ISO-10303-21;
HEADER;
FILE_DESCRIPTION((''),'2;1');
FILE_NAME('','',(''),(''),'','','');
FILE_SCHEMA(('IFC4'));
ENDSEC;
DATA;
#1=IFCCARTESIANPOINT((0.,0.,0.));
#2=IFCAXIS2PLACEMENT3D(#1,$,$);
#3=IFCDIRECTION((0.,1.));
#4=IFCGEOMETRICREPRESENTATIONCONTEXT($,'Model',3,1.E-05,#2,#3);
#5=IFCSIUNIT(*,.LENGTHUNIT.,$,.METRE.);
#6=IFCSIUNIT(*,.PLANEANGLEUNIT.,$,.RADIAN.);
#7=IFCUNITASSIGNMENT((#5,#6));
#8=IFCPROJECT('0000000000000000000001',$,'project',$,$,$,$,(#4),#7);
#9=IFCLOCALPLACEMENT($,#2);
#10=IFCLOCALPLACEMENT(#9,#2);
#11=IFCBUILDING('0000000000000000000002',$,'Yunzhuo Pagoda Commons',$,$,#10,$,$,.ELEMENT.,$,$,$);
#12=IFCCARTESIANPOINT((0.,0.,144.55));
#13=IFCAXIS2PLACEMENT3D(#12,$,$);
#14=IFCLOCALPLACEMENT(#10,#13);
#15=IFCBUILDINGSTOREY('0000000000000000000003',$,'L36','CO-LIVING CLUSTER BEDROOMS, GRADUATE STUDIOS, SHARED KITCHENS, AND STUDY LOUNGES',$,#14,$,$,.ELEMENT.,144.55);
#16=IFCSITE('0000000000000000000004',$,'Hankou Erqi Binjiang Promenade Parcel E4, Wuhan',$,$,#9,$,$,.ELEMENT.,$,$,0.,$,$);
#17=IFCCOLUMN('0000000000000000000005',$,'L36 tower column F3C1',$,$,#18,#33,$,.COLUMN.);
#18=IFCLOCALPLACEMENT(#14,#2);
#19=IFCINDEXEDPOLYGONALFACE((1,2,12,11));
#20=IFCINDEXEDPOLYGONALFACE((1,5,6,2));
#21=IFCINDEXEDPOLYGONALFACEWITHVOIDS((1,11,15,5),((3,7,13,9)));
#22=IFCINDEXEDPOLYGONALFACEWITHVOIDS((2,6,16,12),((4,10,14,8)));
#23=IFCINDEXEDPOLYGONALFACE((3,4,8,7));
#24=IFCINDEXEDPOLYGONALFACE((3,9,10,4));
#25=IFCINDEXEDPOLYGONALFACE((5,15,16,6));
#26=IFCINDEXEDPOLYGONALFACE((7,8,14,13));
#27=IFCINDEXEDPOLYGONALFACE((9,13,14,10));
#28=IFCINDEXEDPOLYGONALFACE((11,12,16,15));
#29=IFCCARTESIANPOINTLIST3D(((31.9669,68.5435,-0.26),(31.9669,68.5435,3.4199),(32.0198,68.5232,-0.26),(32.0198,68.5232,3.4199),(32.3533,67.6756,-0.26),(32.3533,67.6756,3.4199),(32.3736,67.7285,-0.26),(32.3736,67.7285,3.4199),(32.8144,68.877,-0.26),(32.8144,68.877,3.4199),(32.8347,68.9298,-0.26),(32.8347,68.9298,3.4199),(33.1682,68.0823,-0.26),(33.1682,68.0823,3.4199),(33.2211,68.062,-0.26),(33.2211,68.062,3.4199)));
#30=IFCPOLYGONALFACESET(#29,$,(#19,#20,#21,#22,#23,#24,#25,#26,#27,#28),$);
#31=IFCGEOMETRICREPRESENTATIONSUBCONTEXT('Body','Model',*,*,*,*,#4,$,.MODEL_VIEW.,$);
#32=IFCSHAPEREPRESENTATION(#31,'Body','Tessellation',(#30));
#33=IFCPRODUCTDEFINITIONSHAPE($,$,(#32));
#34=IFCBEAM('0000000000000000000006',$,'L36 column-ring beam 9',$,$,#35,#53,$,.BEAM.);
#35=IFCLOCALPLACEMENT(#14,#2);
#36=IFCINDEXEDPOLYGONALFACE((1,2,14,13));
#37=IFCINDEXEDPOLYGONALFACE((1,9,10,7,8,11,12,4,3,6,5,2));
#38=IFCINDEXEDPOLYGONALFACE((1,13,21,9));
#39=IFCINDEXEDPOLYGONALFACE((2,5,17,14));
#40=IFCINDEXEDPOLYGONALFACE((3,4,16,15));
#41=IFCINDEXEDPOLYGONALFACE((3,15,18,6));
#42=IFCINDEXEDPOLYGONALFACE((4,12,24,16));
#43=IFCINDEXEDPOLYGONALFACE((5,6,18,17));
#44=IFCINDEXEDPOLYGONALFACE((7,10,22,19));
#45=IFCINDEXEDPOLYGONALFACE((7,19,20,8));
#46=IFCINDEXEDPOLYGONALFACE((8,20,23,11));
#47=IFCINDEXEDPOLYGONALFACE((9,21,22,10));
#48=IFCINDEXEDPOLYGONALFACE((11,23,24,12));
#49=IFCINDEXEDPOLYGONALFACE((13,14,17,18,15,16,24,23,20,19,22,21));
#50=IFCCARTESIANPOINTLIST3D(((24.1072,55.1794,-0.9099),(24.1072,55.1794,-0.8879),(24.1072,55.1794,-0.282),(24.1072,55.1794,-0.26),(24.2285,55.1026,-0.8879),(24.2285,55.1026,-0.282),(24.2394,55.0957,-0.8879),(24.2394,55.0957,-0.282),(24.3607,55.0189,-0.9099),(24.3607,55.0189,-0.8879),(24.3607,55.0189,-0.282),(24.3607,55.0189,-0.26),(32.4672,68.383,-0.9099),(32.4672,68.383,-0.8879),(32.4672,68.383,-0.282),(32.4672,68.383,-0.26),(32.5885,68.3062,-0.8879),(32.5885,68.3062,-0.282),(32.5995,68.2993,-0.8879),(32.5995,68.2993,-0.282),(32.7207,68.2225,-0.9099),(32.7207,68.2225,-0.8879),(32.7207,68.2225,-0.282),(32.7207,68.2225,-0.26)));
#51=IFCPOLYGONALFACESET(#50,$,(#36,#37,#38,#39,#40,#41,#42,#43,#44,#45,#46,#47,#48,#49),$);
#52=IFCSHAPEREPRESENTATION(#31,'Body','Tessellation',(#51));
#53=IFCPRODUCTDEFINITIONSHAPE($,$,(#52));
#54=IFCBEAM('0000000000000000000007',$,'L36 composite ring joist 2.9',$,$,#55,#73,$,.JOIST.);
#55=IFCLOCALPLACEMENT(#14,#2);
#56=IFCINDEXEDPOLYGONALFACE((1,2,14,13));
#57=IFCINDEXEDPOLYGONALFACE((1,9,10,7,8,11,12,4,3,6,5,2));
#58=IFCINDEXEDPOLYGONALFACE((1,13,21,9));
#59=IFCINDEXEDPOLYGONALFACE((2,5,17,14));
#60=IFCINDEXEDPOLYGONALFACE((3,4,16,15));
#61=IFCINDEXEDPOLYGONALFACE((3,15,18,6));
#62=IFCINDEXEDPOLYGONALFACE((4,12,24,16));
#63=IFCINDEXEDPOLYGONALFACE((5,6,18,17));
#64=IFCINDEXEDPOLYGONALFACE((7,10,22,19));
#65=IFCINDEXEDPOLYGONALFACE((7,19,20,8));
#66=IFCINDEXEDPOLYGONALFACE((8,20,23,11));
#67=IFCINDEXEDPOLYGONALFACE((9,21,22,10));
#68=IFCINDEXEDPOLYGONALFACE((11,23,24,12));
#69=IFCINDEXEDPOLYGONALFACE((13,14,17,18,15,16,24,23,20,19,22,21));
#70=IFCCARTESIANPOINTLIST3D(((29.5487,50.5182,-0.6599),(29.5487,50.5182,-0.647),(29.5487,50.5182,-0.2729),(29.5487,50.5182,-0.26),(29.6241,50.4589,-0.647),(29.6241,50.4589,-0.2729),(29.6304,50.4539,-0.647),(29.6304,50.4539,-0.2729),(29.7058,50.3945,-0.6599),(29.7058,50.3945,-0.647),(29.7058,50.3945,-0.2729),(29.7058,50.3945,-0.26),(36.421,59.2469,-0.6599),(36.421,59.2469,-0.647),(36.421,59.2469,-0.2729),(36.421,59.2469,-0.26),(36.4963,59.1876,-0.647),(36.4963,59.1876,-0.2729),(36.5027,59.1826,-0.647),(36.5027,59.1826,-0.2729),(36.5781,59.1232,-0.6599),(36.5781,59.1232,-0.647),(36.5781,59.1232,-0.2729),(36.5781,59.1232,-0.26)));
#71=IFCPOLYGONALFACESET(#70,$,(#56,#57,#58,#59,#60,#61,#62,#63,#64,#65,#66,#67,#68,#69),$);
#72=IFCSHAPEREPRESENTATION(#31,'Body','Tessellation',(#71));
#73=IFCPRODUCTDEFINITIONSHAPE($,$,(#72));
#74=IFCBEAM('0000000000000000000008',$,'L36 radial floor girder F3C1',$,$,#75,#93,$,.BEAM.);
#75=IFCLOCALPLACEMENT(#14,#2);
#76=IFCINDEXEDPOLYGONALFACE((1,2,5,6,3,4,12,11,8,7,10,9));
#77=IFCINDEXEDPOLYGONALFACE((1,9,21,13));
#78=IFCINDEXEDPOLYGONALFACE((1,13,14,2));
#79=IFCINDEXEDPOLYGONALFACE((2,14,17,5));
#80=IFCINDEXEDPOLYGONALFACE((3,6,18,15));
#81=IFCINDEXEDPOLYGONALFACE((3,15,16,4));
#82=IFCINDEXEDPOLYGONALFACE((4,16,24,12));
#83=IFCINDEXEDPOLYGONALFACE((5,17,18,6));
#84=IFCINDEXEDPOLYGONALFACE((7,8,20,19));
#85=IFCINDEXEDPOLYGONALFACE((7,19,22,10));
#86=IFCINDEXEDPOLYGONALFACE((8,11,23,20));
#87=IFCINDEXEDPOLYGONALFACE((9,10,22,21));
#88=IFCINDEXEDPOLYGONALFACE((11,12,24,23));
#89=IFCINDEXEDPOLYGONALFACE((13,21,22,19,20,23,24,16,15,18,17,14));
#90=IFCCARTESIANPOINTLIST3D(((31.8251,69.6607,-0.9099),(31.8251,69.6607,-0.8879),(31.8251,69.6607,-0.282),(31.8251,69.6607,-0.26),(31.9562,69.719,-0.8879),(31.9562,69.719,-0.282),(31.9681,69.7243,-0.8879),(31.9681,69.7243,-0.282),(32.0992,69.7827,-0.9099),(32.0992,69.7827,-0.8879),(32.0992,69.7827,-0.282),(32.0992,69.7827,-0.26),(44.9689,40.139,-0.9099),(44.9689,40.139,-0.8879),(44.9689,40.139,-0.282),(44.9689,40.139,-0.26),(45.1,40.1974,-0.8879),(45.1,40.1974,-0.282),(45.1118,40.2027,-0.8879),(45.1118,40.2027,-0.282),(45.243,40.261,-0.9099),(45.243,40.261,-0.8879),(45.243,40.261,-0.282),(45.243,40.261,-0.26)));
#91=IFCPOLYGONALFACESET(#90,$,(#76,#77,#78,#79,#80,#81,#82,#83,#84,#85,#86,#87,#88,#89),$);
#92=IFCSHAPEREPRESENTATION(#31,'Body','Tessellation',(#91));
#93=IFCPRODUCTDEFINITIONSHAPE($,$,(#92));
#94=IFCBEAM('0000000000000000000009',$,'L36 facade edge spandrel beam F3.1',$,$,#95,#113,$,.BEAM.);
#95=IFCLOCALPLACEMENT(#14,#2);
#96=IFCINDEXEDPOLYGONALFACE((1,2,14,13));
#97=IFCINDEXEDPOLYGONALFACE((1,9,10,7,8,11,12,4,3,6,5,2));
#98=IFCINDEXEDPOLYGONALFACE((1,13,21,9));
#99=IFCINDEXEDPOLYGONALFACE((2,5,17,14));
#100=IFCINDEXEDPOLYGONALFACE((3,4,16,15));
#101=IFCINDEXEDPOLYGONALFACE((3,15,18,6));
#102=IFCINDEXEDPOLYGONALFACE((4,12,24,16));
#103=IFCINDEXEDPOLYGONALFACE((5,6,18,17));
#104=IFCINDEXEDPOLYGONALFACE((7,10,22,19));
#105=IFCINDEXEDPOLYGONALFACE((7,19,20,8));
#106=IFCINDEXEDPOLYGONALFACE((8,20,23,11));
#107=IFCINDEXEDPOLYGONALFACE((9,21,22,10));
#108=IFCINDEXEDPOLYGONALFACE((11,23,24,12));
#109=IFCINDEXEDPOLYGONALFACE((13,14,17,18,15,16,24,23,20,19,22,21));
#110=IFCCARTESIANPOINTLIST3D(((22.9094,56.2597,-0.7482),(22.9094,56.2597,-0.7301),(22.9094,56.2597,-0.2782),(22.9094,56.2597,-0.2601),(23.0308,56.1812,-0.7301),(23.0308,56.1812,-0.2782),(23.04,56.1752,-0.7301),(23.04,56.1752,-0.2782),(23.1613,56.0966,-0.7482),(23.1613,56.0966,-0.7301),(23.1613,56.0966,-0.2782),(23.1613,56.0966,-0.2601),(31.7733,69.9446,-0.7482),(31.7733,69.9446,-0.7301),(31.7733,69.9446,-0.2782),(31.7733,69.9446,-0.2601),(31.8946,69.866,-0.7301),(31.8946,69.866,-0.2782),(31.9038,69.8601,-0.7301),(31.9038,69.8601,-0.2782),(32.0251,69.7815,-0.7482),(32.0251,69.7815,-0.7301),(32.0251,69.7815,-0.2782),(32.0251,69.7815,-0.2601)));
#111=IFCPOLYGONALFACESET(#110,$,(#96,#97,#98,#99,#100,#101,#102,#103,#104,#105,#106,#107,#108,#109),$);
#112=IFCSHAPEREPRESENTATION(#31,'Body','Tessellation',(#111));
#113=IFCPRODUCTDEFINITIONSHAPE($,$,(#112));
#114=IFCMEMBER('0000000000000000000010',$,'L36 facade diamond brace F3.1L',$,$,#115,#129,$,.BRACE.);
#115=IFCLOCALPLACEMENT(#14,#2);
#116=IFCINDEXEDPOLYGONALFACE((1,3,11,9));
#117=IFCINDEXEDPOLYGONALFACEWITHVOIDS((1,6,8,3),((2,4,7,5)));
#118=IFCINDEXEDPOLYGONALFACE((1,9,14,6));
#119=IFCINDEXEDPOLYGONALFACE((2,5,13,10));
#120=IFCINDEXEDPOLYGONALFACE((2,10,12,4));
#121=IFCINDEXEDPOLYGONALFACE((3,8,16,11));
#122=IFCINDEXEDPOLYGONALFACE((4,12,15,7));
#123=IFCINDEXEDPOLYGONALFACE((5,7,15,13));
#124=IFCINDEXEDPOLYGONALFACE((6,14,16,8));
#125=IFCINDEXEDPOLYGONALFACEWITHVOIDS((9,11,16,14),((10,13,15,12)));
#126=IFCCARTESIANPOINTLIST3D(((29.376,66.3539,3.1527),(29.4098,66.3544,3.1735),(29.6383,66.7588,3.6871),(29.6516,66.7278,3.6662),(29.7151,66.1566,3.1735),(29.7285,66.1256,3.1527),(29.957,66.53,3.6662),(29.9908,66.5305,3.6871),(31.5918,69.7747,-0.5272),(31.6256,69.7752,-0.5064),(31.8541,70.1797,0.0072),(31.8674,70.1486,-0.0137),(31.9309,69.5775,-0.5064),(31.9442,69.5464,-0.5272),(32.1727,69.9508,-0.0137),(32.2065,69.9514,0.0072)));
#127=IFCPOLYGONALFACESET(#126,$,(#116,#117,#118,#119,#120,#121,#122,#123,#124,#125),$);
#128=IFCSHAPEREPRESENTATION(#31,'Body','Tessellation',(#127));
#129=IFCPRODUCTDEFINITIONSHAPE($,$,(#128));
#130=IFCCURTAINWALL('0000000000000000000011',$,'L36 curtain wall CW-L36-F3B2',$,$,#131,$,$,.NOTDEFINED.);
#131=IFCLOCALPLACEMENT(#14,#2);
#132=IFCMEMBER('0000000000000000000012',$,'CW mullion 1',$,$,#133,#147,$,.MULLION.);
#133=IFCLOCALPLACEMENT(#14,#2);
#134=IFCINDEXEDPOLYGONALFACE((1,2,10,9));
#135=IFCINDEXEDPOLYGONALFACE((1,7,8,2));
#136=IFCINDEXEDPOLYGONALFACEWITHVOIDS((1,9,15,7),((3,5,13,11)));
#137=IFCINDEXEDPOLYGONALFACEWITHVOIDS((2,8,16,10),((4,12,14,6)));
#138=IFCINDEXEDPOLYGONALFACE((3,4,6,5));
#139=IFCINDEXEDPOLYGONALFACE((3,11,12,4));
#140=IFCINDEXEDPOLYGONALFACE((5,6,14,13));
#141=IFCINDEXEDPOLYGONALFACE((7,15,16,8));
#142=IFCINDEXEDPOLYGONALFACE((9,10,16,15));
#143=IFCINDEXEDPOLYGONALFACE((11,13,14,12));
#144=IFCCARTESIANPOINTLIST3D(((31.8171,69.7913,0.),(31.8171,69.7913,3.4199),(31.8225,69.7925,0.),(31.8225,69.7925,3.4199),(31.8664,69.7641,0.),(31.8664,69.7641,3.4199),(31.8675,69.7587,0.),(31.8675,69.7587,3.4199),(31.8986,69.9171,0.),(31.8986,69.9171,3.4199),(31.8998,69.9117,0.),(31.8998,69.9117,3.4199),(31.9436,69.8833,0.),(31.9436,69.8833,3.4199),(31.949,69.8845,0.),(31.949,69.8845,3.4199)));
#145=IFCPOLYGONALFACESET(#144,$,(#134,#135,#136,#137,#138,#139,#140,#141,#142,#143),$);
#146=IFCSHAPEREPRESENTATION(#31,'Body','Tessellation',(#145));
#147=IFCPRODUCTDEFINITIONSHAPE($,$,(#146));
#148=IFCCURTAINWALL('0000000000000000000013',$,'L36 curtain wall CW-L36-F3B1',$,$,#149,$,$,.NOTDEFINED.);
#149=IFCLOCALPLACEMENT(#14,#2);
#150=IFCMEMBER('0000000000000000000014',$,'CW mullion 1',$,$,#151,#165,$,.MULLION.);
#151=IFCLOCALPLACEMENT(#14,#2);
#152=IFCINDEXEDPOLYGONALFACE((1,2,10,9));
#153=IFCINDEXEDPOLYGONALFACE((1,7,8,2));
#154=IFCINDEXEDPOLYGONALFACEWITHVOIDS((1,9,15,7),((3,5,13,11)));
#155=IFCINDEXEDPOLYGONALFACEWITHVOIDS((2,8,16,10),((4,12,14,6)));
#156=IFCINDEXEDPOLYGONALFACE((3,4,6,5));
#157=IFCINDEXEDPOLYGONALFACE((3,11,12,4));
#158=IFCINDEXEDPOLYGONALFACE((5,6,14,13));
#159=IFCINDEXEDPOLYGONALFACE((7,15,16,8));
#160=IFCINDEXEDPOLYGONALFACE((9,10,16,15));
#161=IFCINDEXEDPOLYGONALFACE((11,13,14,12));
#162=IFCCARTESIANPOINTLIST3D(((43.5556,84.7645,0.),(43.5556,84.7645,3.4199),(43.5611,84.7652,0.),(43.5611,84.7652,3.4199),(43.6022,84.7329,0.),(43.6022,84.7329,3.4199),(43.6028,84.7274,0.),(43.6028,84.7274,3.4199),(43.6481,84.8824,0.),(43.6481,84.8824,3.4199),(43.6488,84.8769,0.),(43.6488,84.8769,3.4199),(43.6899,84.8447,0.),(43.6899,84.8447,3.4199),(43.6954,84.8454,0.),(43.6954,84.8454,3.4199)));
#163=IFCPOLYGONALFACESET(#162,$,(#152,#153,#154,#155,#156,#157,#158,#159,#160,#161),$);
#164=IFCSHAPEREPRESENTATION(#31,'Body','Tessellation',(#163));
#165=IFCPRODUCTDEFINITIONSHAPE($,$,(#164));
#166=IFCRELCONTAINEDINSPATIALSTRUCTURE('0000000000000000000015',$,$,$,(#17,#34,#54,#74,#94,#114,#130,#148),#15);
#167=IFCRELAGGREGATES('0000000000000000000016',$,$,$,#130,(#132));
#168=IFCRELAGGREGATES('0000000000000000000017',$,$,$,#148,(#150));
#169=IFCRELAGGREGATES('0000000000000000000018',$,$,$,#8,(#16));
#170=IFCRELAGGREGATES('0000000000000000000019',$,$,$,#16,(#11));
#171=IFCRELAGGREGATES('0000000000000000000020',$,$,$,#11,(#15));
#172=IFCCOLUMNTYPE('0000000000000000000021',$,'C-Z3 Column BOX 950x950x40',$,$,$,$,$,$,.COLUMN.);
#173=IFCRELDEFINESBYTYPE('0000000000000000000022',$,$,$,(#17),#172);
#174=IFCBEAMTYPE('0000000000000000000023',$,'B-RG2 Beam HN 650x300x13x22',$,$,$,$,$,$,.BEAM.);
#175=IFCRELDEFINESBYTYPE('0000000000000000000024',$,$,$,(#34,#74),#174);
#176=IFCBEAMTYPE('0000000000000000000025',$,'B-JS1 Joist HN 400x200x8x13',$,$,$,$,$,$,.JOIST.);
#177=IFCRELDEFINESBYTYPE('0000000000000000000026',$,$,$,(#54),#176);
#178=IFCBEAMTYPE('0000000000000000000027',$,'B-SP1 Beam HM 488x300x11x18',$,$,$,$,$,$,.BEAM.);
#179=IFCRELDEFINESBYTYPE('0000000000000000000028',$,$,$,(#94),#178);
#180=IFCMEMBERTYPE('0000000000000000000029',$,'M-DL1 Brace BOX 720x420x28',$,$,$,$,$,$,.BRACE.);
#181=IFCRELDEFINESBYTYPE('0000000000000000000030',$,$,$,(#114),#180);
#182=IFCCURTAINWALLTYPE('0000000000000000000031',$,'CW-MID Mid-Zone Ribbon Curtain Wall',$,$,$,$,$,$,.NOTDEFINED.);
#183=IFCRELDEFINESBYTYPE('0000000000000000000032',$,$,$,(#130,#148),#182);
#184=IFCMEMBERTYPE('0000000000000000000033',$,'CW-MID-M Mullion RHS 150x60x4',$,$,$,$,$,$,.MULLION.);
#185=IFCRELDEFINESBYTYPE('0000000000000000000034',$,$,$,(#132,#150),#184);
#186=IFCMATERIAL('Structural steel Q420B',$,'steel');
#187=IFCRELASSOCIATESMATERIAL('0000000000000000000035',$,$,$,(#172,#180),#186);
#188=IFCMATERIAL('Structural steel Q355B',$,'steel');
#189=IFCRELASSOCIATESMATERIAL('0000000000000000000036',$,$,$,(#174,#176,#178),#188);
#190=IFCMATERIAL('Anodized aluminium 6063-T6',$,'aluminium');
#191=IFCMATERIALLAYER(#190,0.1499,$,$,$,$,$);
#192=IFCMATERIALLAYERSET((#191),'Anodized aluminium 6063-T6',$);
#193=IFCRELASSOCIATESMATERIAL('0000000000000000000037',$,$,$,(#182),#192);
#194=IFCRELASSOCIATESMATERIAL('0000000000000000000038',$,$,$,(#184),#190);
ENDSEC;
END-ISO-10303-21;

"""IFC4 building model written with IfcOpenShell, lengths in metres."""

from ifc_helpers import new_model, si_unit, direction, frame, origin, origin_2d, place, context, subcontext, project, spatial, hollow_rectangle, i_section, extrude, source, transform, mapped, material, layer, layer_set, material_profile, profile_set, type_object, element, aggregate, save


model = new_model("IFC4")

# Units and contexts
model_context = context("Model", 3, precision=1e-05, world=origin(), true_north=direction((0.0, 1.0)))
body_context = subcontext(model_context, "Body", "Model", "MODEL_VIEW")
ifc_project = project(units=[si_unit("LENGTHUNIT", "METRE"), si_unit("PLANEANGLEUNIT", "RADIAN")], contexts=[model_context])

# Site, building, storey
site_placement = place(None, origin())
site = spatial("IfcSite", under=ifc_project, at=site_placement, Name="Hankou Erqi Binjiang Promenade Parcel E4, Wuhan", CompositionType="ELEMENT", RefElevation=0.0)
building_placement = place(site_placement, origin())
building = spatial("IfcBuilding", under=site, at=building_placement, Name="Yunzhuo Pagoda Commons", CompositionType="ELEMENT")
storey_placement = place(building_placement, frame((0.0, 0.0, 144.55)))
storey = spatial("IfcBuildingStorey", under=building, at=storey_placement, Name="L36", Description="CO-LIVING CLUSTER BEDROOMS, GRADUATE STUDIOS, SHARED KITCHENS, AND STUDY LOUNGES", CompositionType="ELEMENT", Elevation=144.55)

# Column
ifc_material_1 = material(Name="Structural steel Q420B", Category="steel")
ifc_material_profile_1 = material_profile(ifc_material_1, hollow_rectangle(XDim=0.95, YDim=0.95, WallThickness=0.04, at=origin_2d()), Name="Structural steel Q420B")
ifc_profile_set_1 = profile_set([ifc_material_profile_1], Name="Structural steel Q420B")
column_type = type_object("IfcColumnType", Name="C-Z3 Column BOX 950x950x40", PredefinedType="COLUMN", material=ifc_profile_set_1)
shared_shape_1 = source(origin(), body_context, "Body", "SweptSolid", [
    extrude(hollow_rectangle(XDim=0.95, YDim=0.95, WallThickness=0.04, at=origin_2d()), origin(), (0.0, 0.0, 1.0), 3.6799),
])
column_placement = place(storey_placement, frame((32.594, 68.3027, -0.26), z_axis=(0.0, 0.0, 1.0), x_axis=(-0.913545, -0.406737, 0.0)))
element("IfcColumn", 1, at=column_placement, inside=storey, type_object=column_type, Name="L36 tower column F3C1", PredefinedType="COLUMN", context=body_context, shape_type="MappedRepresentation", body=[
    mapped(shared_shape_1, transform((0.0, 0.0, 0.0), scale=1.0)),
])

# Beams
ifc_material_2 = material(Name="Structural steel Q355B", Category="steel")
ifc_material_profile_2 = material_profile(ifc_material_2, i_section(OverallWidth=0.3, OverallDepth=0.6499, WebThickness=0.0129, FlangeThickness=0.022, at=origin_2d()), Name="Structural steel Q355B")
ifc_profile_set_2 = profile_set([ifc_material_profile_2], Name="Structural steel Q355B")
beam_type_1 = type_object("IfcBeamType", Name="B-RG2 Beam HN 650x300x13x22", PredefinedType="BEAM", material=ifc_profile_set_2)
shared_shape_2 = source(origin(), body_context, "Body", "SweptSolid", [
    extrude(i_section(OverallWidth=0.3, OverallDepth=0.6499, WebThickness=0.0129, FlangeThickness=0.022, at=origin_2d()), origin(), (0.0, 0.0, 1.0), 15.6277),
])
beam_1_placement = place(storey_placement, frame((32.594, 68.3027, -0.585), z_axis=(-0.534952, -0.844882, 0.0), x_axis=(0.844882, -0.534952, 0.0)))
element("IfcBeam", 2, at=beam_1_placement, inside=storey, type_object=beam_type_1, Name="L36 column-ring beam 9", PredefinedType="BEAM", context=body_context, shape_type="MappedRepresentation", body=[
    mapped(shared_shape_2, transform((0.0, 0.0, 0.0), scale=1.0)),
])
ifc_material_profile_3 = material_profile(ifc_material_2, i_section(OverallWidth=0.2, OverallDepth=0.3999, WebThickness=0.0081, FlangeThickness=0.0129, at=origin_2d()), Name="Structural steel Q355B")
ifc_profile_set_3 = profile_set([ifc_material_profile_3], Name="Structural steel Q355B")
beam_type_2 = type_object("IfcBeamType", Name="B-JS1 Joist HN 400x200x8x13", PredefinedType="JOIST", material=ifc_profile_set_3)
shared_shape_3 = source(origin(), body_context, "Body", "SweptSolid", [
    extrude(i_section(OverallWidth=0.2, OverallDepth=0.3999, WebThickness=0.0081, FlangeThickness=0.0129, at=origin_2d()), origin(), (0.0, 0.0, 1.0), 11.1094),
])
beam_2_placement = place(storey_placement, frame((36.4995, 59.1851, -0.46), z_axis=(-0.618601, -0.785706, 0.0), x_axis=(0.785706, -0.618601, 0.0)))
element("IfcBeam", 3, at=beam_2_placement, inside=storey, type_object=beam_type_2, Name="L36 composite ring joist 2.9", PredefinedType="JOIST", context=body_context, shape_type="MappedRepresentation", body=[
    mapped(shared_shape_3, transform((0.0, 0.0, 0.0), scale=1.0)),
])
shared_shape_4 = source(origin(), body_context, "Body", "SweptSolid", [
    extrude(i_section(OverallWidth=0.3, OverallDepth=0.6499, WebThickness=0.0129, FlangeThickness=0.022, at=origin_2d()), origin(), (0.0, 0.0, 1.0), 32.3154),
])
beam_3_placement = place(storey_placement, frame((31.9622, 69.7217, -0.585), z_axis=(0.406734, -0.913547, 0.0), x_axis=(0.913547, 0.406734, 0.0)))
element("IfcBeam", 4, at=beam_3_placement, inside=storey, type_object=beam_type_1, Name="L36 radial floor girder F3C1", PredefinedType="BEAM", context=body_context, shape_type="MappedRepresentation", body=[
    mapped(shared_shape_4, transform((0.0, 0.0, 0.0), scale=1.0)),
])
ifc_material_profile_4 = material_profile(ifc_material_2, i_section(OverallWidth=0.3, OverallDepth=0.488, WebThickness=0.011, FlangeThickness=0.0181, at=origin_2d()), Name="Structural steel Q355B")
ifc_profile_set_4 = profile_set([ifc_material_profile_4], Name="Structural steel Q355B")
beam_type_3 = type_object("IfcBeamType", Name="B-SP1 Beam HM 488x300x11x18", PredefinedType="BEAM", material=ifc_profile_set_4)
shared_shape_5 = source(origin(), body_context, "Body", "SweptSolid", [
    extrude(i_section(OverallWidth=0.3, OverallDepth=0.488, WebThickness=0.011, FlangeThickness=0.0181, at=origin_2d()), origin(), (0.0, 0.0, 1.0), 16.3047),
])
beam_4_placement = place(storey_placement, frame((31.8992, 69.863, -0.5042), z_axis=(-0.543636, -0.839321, 0.0), x_axis=(0.839321, -0.543636, 0.0)))
element("IfcBeam", 5, at=beam_4_placement, inside=storey, type_object=beam_type_3, Name="L36 facade edge spandrel beam F3.1", PredefinedType="BEAM", context=body_context, shape_type="MappedRepresentation", body=[
    mapped(shared_shape_5, transform((0.0, 0.0, 0.0), scale=1.0)),
])

# Member
ifc_material_profile_5 = material_profile(ifc_material_1, hollow_rectangle(XDim=0.4199, YDim=0.72, WallThickness=0.0281, at=origin_2d()), Name="Structural steel Q420B")
ifc_profile_set_5 = profile_set([ifc_material_profile_5], Name="Structural steel Q420B")
member_type_1 = type_object("IfcMemberType", Name="M-DL1 Brace BOX 720x420x28", PredefinedType="BRACE", material=ifc_profile_set_5)
shared_shape_6 = source(origin(), body_context, "Body", "SweptSolid", [
    extrude(hollow_rectangle(XDim=0.4199, YDim=0.72, WallThickness=0.0281, at=origin_2d()), origin(), (0.0, 0.0, 1.0), 5.4912),
])
member_1_placement = place(storey_placement, frame((31.8992, 69.863, -0.26), z_axis=(-0.403515, -0.622968, 0.670139), x_axis=(0.839313, -0.543649, 0.0)))
element("IfcMember", 6, at=member_1_placement, inside=storey, type_object=member_type_1, Name="L36 facade diamond brace F3.1L", PredefinedType="BRACE", context=body_context, shape_type="MappedRepresentation", body=[
    mapped(shared_shape_6, transform((0.0, 0.0, 0.0), scale=1.0)),
])

# Curtain wall, member
ifc_material_3 = material(Name="Anodized aluminium 6063-T6", Category="aluminium")
ifc_layer_1 = layer(ifc_material_3, 0.1499)
ifc_layer_set_1 = layer_set([ifc_layer_1], Name="Anodized aluminium 6063-T6")
curtain_wall_type = type_object("IfcCurtainWallType", Name="CW-MID Mid-Zone Ribbon Curtain Wall", PredefinedType="NOTDEFINED", material=ifc_layer_set_1)
curtain_wall_1_placement = place(storey_placement, origin())
curtain_wall_1 = element("IfcCurtainWall", 7, at=curtain_wall_1_placement, inside=storey, type_object=curtain_wall_type, Name="L36 curtain wall CW-L36-F3B2", PredefinedType="NOTDEFINED")
ifc_material_profile_6 = material_profile(ifc_material_3, hollow_rectangle(XDim=0.0601, YDim=0.1499, WallThickness=0.0039, at=origin_2d()), Name="Anodized aluminium 6063-T6")
ifc_profile_set_6 = profile_set([ifc_material_profile_6], Name="Anodized aluminium 6063-T6")
member_type_2 = type_object("IfcMemberType", Name="CW-MID-M Mullion RHS 150x60x4", PredefinedType="MULLION", material=ifc_profile_set_6)
shared_shape_7 = source(origin(), body_context, "Body", "SweptSolid", [
    extrude(hollow_rectangle(XDim=0.0601, YDim=0.1499, WallThickness=0.0039, at=origin_2d()), origin(), (0.0, 0.0, 1.0), 3.4199),
])
member_2_placement = place(storey_placement, frame((31.8831, 69.8379, 0.0), z_axis=(0.0, 0.0, 1.0), x_axis=(0.83932, -0.543637, 0.0)))
member_2 = element("IfcMember", 8, at=member_2_placement, type_object=member_type_2, Name="CW mullion 1", PredefinedType="MULLION", context=body_context, shape_type="MappedRepresentation", body=[
    mapped(shared_shape_7, transform((0.0, 0.0, 0.0), scale=1.0)),
])

# Curtain wall, member
curtain_wall_2_placement = place(storey_placement, origin())
curtain_wall_2 = element("IfcCurtainWall", 9, at=curtain_wall_2_placement, inside=storey, type_object=curtain_wall_type, Name="L36 curtain wall CW-L36-F3B1", PredefinedType="NOTDEFINED")
member_3_placement = place(storey_placement, frame((43.6255, 84.8049, 0.0), z_axis=(0.0, 0.0, 1.0), x_axis=(0.786665, -0.61738, 0.0)))
member_3 = element("IfcMember", 10, at=member_3_placement, type_object=member_type_2, Name="CW mullion 1", PredefinedType="MULLION", context=body_context, shape_type="MappedRepresentation", body=[
    mapped(shared_shape_7, transform((0.0, 0.0, 0.0), scale=1.0)),
])

aggregate(curtain_wall_1, [member_2])

aggregate(curtain_wall_2, [member_3])

save(model, "model.ifc")
